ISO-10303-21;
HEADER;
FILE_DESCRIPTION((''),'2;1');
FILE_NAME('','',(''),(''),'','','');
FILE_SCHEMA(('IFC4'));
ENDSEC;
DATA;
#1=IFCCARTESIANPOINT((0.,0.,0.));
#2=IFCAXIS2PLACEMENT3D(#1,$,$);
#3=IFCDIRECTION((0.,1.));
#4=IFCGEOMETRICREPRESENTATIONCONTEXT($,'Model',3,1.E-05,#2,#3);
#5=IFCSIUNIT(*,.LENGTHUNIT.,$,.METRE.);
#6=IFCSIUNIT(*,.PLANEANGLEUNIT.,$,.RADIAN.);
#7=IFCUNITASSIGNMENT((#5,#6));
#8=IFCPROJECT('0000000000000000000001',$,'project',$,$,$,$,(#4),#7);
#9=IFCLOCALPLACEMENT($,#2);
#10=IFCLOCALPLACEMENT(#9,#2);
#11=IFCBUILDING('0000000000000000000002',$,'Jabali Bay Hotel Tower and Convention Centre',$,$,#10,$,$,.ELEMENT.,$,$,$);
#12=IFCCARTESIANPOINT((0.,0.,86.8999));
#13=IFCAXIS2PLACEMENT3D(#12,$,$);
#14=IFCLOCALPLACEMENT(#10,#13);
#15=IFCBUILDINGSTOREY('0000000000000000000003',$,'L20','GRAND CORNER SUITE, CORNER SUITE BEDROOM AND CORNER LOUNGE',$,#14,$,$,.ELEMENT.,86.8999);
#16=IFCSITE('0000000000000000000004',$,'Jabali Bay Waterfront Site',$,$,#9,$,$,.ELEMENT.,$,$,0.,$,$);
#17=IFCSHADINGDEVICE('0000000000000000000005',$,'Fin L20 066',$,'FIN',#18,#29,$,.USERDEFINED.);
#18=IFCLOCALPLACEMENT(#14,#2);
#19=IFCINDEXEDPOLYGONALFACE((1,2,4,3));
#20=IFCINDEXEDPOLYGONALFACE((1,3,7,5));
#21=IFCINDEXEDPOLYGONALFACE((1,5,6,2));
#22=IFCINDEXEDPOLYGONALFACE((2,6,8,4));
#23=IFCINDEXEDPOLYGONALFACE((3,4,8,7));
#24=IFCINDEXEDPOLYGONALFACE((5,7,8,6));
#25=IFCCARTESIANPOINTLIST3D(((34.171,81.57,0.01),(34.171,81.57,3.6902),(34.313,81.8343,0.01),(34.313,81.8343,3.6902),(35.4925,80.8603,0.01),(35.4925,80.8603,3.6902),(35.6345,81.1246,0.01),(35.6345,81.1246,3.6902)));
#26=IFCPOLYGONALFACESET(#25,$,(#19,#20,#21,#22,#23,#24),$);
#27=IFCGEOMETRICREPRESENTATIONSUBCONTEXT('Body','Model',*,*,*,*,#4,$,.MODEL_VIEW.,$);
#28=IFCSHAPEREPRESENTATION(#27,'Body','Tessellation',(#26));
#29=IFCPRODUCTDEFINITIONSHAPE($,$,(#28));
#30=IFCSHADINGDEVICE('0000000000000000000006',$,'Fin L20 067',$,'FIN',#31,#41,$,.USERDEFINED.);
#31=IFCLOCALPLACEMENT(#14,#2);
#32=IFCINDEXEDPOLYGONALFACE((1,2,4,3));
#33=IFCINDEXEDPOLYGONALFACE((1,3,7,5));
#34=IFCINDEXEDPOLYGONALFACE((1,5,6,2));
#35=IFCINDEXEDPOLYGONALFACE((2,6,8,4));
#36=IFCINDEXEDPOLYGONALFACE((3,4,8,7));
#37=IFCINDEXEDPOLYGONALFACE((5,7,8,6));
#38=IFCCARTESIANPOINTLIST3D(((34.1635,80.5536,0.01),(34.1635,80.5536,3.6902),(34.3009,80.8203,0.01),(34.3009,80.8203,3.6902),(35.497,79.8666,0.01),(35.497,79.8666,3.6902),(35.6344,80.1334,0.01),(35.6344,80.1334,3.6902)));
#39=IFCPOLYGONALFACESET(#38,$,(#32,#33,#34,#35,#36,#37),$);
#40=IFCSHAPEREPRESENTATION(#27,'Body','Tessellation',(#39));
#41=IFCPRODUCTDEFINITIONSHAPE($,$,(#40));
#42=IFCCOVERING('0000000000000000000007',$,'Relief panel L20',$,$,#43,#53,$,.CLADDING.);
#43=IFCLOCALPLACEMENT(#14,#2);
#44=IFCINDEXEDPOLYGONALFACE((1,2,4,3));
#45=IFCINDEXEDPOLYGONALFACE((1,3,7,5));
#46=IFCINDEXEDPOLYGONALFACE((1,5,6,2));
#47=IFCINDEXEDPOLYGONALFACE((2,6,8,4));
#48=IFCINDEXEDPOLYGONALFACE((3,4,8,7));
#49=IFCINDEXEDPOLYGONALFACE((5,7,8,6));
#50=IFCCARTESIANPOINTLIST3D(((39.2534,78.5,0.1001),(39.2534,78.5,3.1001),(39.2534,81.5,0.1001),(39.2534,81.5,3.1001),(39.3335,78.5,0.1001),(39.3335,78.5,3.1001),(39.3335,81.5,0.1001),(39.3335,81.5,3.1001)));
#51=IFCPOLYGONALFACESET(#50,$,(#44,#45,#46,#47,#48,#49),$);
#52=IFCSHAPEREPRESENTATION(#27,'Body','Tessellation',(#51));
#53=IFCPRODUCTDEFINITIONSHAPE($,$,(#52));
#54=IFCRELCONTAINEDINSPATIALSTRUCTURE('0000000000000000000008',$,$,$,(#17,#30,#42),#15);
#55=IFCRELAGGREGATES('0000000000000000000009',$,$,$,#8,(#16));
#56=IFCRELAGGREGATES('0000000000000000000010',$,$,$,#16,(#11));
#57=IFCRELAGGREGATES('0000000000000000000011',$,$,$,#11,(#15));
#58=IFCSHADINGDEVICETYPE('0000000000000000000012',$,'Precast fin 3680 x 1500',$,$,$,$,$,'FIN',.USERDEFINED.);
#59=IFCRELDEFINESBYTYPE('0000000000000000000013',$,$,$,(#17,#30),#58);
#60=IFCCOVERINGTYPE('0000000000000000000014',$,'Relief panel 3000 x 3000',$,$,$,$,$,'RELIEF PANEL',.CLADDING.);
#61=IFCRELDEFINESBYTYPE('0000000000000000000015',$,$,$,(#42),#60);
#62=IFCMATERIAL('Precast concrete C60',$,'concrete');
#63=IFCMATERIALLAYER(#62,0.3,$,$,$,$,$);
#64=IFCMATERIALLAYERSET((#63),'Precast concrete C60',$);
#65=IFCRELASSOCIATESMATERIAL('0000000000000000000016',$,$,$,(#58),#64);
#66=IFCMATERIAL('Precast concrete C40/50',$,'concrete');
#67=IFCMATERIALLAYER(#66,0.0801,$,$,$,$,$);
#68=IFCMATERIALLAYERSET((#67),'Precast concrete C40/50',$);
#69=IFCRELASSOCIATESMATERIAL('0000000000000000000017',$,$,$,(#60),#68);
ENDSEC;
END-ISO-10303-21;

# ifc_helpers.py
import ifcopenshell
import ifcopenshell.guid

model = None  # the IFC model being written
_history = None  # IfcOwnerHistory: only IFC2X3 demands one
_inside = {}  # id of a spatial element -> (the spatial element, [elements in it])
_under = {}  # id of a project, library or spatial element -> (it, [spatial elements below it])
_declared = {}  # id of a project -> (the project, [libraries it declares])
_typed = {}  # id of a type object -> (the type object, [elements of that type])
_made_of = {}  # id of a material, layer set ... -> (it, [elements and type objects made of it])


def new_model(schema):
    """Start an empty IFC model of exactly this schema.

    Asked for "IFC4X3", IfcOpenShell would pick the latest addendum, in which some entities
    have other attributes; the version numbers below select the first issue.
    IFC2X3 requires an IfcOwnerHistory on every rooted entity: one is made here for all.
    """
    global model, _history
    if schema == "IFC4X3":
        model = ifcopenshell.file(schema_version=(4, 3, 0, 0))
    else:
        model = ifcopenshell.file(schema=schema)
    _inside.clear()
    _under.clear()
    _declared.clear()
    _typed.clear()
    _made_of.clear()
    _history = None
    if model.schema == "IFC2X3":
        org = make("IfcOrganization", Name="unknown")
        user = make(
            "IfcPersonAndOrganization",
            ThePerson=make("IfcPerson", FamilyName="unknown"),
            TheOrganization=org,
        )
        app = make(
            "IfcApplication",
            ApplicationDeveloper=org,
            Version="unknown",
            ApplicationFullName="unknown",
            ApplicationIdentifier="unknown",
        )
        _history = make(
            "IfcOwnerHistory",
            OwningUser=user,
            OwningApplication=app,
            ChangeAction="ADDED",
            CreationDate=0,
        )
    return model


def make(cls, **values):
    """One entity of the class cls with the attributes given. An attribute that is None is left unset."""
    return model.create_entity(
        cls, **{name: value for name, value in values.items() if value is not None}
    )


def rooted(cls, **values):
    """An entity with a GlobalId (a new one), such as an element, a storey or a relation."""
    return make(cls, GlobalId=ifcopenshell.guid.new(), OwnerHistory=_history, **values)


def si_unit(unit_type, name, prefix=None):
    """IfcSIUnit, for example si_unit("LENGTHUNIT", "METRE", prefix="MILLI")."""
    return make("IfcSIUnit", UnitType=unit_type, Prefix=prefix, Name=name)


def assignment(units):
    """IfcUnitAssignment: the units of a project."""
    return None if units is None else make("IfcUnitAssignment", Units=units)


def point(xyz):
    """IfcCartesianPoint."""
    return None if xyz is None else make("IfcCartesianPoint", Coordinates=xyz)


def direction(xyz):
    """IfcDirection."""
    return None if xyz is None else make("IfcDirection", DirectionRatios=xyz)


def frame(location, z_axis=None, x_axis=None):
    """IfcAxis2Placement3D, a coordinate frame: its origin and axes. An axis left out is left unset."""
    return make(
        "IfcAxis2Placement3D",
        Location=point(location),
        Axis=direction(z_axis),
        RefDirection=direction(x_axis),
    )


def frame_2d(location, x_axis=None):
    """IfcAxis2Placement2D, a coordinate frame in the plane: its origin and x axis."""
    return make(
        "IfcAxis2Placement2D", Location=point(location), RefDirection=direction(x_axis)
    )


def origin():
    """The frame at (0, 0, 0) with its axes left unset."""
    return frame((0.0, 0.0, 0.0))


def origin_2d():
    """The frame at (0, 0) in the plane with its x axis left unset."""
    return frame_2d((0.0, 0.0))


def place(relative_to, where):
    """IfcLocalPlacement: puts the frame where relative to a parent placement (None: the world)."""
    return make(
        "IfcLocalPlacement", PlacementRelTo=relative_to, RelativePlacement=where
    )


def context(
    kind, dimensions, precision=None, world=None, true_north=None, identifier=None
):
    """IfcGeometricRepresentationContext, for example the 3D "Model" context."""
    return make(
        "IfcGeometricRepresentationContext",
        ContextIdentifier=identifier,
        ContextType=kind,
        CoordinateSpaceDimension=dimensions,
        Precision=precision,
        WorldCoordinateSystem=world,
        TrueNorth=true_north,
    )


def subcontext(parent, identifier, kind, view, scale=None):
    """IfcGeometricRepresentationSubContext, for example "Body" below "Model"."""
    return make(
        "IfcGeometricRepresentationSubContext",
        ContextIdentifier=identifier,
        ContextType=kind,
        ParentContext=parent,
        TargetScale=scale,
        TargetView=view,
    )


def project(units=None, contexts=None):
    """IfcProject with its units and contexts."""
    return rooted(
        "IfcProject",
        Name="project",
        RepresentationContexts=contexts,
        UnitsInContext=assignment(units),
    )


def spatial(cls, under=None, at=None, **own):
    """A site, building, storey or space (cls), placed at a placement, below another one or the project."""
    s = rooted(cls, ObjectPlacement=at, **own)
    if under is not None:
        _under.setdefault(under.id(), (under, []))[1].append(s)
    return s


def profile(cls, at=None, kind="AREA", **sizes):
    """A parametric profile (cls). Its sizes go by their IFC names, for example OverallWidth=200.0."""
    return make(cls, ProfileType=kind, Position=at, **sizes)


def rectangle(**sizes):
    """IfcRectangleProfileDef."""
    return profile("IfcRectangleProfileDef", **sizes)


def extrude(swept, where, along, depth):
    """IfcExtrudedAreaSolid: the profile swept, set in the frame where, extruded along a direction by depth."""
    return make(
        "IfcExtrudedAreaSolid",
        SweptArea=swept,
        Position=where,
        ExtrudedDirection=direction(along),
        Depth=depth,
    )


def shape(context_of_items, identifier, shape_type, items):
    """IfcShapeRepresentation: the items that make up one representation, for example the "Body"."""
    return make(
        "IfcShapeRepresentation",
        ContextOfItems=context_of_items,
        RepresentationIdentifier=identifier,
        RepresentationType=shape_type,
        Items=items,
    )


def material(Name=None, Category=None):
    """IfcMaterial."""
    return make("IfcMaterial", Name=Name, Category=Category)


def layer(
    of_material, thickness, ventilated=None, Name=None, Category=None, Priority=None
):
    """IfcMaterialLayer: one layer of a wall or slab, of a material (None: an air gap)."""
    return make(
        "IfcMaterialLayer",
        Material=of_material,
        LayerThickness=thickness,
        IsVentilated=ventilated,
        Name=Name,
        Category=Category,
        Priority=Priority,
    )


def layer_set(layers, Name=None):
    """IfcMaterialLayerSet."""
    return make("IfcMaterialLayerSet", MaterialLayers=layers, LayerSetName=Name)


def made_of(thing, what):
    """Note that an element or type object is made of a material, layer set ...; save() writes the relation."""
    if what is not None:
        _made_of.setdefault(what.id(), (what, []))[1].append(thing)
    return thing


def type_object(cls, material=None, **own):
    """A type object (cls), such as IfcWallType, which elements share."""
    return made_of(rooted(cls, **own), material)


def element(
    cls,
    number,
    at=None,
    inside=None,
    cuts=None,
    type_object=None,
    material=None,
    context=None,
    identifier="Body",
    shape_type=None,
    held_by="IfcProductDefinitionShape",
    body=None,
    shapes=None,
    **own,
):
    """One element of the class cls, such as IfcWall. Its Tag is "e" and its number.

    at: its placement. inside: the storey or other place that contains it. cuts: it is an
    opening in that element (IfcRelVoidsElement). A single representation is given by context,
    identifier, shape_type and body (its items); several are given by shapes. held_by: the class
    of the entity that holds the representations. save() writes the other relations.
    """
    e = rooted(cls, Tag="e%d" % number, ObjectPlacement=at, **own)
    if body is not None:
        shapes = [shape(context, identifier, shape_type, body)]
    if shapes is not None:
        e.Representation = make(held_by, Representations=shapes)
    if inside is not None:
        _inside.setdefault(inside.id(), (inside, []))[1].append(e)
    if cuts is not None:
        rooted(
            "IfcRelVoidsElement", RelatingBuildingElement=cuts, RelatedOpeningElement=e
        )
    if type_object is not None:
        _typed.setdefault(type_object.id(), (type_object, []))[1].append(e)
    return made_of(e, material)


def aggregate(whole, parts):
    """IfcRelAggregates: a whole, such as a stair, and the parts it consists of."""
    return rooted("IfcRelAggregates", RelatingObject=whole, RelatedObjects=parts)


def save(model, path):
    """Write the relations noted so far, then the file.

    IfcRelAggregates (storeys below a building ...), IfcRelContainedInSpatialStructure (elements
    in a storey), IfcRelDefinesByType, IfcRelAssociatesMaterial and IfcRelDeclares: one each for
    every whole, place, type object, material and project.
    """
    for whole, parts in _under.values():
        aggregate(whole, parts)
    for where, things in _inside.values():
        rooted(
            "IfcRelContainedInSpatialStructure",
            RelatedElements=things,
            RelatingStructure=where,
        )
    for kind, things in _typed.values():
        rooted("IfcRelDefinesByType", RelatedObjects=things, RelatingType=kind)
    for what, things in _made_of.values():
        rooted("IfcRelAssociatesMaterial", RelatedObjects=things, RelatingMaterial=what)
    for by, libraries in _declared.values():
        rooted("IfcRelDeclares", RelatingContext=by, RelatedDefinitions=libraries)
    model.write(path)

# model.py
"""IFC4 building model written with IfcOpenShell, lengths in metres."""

from ifc_helpers import new_model, si_unit, direction, frame, frame_2d, origin, origin_2d, place, context, subcontext, project, spatial, rectangle, extrude, material, layer, layer_set, type_object, element, save


model = new_model("IFC4")

# Units and contexts
model_context = context("Model", 3, precision=1e-05, world=origin(), true_north=direction((0.0, 1.0)))
body_context = subcontext(model_context, "Body", "Model", "MODEL_VIEW")
ifc_project = project(units=[si_unit("LENGTHUNIT", "METRE"), si_unit("PLANEANGLEUNIT", "RADIAN")], contexts=[model_context])

# Site, building, storey
site_placement = place(None, origin())
site = spatial("IfcSite", under=ifc_project, at=site_placement, Name="Jabali Bay Waterfront Site", CompositionType="ELEMENT", RefElevation=0.0)
building_placement = place(site_placement, origin())
building = spatial("IfcBuilding", under=site, at=building_placement, Name="Jabali Bay Hotel Tower and Convention Centre", CompositionType="ELEMENT")
storey_placement = place(building_placement, frame((0.0, 0.0, 86.8999)))
storey = spatial("IfcBuildingStorey", under=building, at=storey_placement, Name="L20", Description="GRAND CORNER SUITE, CORNER SUITE BEDROOM AND CORNER LOUNGE", CompositionType="ELEMENT", Elevation=86.8999)

# Shading devices
ifc_material_1 = material(Name="Precast concrete C60", Category="concrete")
ifc_layer_1 = layer(ifc_material_1, 0.3)
ifc_layer_set_1 = layer_set([ifc_layer_1], Name="Precast concrete C60")
shading_device_type_1 = type_object("IfcShadingDeviceType", Name="Precast fin 3680 x 1500", ElementType="FIN", PredefinedType="USERDEFINED", material=ifc_layer_set_1)
for number, where, z_axis, x_axis, name in (
    (1, (35.5635, 80.9924, 0.01), (0.0, 0.0, 1.0), (-0.880993, 0.473129, 0.0), "Fin L20 066"),
    (2, (35.5657, 80.0, 0.01), (0.0, 0.0, 1.0), (-0.888958, 0.457988, 0.0), "Fin L20 067"),
):
    element("IfcShadingDevice", number, at=place(storey_placement, frame(where, z_axis=z_axis, x_axis=x_axis)), inside=storey, type_object=shading_device_type_1, Name=name, ObjectType="FIN", PredefinedType="USERDEFINED", context=body_context, shape_type="SweptSolid", body=[
        extrude(rectangle(XDim=1.5, YDim=0.3, at=frame_2d((0.75, 0.0))), origin(), (0.0, 0.0, 1.0), 3.6802),
    ])

# Covering
ifc_material_2 = material(Name="Precast concrete C40/50", Category="concrete")
ifc_layer_2 = layer(ifc_material_2, 0.0801)
ifc_layer_set_2 = layer_set([ifc_layer_2], Name="Precast concrete C40/50")
covering_type = type_object("IfcCoveringType", Name="Relief panel 3000 x 3000", ElementType="RELIEF PANEL", PredefinedType="CLADDING", material=ifc_layer_set_2)
covering_placement = place(storey_placement, frame((39.2935, 80.0, 0.1001), z_axis=(0.0, 0.0, 1.0), x_axis=(0.0, 1.0, 0.0)))
element("IfcCovering", 3, at=covering_placement, inside=storey, type_object=covering_type, Name="Relief panel L20", PredefinedType="CLADDING", context=body_context, shape_type="SweptSolid", body=[
    extrude(rectangle(XDim=3.0, YDim=0.0801, at=origin_2d()), origin(), (0.0, 0.0, 1.0), 3.0),
])

save(model, "model.ifc")
